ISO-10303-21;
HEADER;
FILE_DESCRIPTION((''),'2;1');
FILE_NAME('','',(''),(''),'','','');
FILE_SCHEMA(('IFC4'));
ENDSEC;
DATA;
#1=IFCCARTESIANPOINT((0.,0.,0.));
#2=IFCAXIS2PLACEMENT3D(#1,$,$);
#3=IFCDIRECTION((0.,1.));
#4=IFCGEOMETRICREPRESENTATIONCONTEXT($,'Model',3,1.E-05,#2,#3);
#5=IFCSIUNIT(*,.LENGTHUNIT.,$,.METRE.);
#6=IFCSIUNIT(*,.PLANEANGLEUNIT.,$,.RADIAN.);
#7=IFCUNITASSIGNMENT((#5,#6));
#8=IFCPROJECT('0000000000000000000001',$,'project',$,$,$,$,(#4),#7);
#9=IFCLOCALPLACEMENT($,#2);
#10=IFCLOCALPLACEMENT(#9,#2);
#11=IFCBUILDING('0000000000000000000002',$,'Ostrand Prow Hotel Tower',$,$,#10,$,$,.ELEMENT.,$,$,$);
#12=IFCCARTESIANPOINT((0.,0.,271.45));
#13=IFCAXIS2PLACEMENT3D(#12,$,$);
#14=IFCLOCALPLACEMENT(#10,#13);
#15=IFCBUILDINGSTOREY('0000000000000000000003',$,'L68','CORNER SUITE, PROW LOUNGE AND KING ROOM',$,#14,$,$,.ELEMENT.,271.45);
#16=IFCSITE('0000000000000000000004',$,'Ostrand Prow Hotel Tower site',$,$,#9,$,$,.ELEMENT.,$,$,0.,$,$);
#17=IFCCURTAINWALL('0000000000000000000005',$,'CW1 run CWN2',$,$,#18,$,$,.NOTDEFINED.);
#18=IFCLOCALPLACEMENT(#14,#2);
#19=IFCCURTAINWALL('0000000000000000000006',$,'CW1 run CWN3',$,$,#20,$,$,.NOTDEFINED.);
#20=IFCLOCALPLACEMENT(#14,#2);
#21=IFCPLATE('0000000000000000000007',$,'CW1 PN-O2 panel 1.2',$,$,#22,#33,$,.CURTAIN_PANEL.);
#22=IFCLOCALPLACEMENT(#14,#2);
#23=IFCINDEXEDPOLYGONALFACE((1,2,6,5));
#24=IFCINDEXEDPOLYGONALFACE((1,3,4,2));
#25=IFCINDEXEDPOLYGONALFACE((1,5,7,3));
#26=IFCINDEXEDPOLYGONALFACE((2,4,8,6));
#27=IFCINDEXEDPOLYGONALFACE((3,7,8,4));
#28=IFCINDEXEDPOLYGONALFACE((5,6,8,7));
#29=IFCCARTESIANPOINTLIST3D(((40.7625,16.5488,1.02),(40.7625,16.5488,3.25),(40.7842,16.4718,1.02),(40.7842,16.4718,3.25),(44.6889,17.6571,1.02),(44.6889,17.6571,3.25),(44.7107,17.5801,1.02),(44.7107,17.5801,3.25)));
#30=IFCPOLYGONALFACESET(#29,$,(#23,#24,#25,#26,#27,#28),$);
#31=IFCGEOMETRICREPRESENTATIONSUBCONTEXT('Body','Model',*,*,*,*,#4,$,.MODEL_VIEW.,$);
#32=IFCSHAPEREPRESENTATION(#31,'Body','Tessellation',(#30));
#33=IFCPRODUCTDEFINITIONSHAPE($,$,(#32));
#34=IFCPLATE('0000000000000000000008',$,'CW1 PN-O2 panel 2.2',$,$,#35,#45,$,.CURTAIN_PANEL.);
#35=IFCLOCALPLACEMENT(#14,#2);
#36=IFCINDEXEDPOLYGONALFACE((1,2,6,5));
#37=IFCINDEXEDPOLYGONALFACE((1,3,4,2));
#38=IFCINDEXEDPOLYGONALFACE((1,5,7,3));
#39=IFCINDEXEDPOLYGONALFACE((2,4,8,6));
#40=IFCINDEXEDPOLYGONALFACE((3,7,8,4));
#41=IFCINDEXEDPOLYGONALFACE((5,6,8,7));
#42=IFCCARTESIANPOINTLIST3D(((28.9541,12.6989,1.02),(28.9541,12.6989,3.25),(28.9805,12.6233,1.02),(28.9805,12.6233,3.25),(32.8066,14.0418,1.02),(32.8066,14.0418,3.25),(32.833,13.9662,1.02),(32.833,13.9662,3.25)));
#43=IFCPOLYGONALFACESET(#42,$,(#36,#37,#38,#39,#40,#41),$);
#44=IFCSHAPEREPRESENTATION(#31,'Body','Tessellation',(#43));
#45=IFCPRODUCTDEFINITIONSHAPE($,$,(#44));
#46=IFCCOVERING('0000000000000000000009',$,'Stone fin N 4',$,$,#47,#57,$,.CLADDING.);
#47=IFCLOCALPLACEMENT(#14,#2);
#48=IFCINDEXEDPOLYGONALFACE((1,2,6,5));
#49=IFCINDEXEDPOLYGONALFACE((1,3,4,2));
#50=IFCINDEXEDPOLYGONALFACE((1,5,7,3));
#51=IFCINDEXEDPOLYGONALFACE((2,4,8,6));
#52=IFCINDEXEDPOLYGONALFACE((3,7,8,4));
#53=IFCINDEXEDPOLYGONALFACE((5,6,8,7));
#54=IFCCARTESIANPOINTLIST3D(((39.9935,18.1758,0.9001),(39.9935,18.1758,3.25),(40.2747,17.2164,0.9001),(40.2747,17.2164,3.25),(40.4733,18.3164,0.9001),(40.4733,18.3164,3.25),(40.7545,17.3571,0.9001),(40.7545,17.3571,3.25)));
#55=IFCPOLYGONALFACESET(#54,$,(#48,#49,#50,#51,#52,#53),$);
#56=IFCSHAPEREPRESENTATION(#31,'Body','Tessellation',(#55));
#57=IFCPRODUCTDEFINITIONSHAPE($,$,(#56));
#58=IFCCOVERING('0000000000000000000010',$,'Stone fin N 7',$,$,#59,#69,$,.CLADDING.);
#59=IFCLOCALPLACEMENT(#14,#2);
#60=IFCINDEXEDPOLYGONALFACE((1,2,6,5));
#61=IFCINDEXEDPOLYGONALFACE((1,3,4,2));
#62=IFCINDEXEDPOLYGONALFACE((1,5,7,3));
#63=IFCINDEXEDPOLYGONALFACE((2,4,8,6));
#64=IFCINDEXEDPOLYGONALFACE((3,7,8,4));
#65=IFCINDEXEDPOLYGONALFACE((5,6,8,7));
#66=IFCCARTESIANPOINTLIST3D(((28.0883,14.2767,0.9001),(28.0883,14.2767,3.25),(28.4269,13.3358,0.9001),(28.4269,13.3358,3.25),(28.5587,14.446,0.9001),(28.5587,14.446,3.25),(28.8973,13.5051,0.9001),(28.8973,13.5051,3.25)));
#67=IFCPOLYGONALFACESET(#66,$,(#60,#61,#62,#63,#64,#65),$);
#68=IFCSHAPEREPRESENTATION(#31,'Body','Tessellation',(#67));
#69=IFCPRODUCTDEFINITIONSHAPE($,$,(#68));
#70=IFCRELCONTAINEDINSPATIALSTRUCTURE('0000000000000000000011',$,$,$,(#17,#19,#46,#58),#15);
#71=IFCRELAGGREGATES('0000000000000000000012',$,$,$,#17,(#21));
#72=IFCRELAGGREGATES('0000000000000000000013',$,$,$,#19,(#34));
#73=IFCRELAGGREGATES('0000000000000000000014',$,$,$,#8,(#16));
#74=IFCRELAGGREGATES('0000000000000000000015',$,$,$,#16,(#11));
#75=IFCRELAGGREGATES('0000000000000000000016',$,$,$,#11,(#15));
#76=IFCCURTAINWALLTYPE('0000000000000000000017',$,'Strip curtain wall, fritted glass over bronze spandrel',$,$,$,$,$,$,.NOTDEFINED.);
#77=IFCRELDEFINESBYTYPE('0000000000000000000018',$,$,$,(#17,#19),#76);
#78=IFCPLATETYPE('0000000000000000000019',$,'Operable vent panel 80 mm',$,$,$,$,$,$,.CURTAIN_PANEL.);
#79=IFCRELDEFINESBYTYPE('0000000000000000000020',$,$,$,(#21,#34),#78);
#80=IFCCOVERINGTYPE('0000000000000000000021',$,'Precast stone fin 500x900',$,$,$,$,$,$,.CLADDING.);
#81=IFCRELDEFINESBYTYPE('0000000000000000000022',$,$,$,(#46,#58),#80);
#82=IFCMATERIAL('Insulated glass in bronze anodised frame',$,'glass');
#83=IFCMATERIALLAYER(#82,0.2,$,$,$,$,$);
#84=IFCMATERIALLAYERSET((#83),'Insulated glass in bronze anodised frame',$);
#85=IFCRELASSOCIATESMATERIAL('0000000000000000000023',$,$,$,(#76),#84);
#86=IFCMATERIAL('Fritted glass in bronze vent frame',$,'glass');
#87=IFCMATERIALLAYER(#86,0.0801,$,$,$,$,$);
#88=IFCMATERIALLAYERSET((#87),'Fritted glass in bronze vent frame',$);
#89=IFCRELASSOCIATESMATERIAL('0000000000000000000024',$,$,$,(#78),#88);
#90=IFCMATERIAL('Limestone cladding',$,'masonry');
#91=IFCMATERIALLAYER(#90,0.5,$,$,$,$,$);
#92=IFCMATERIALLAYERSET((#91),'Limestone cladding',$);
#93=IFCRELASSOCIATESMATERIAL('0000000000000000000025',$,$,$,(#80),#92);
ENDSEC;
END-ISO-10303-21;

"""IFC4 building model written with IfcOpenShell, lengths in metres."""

from ifc_helpers import new_model, si_unit, direction, frame, frame_2d, origin, origin_2d, place, context, subcontext, project, spatial, rectangle, extrude, material, layer, layer_set, type_object, element, aggregate, save


model = new_model("IFC4")

# Units and contexts
model_context = context("Model", 3, precision=1e-05, world=origin(), true_north=direction((0.0, 1.0)))
body_context = subcontext(model_context, "Body", "Model", "MODEL_VIEW")
ifc_project = project(units=[si_unit("LENGTHUNIT", "METRE"), si_unit("PLANEANGLEUNIT", "RADIAN")], contexts=[model_context])

# Site, building, storey
site_placement = place(None, origin())
site = spatial("IfcSite", under=ifc_project, at=site_placement, Name="Ostrand Prow Hotel Tower site", CompositionType="ELEMENT", RefElevation=0.0)
building_placement = place(site_placement, origin())
building = spatial("IfcBuilding", under=site, at=building_placement, Name="Ostrand Prow Hotel Tower", CompositionType="ELEMENT")
storey_placement = place(building_placement, frame((0.0, 0.0, 271.45)))
storey = spatial("IfcBuildingStorey", under=building, at=storey_placement, Name="L68", Description="CORNER SUITE, PROW LOUNGE AND KING ROOM", CompositionType="ELEMENT", Elevation=271.45)

# Curtain walls
ifc_material_1 = material(Name="Insulated glass in bronze anodised frame", Category="glass")
ifc_layer_1 = layer(ifc_material_1, 0.2)
ifc_layer_set_1 = layer_set([ifc_layer_1], Name="Insulated glass in bronze anodised frame")
curtain_wall_type = type_object("IfcCurtainWallType", Name="Strip curtain wall, fritted glass over bronze spandrel", PredefinedType="NOTDEFINED", material=ifc_layer_set_1)
curtain_wall_1_placement = place(storey_placement, origin())
curtain_wall_1 = element("IfcCurtainWall", 1, at=curtain_wall_1_placement, inside=storey, type_object=curtain_wall_type, Name="CW1 run CWN2", PredefinedType="NOTDEFINED")
curtain_wall_2_placement = place(storey_placement, origin())
curtain_wall_2 = element("IfcCurtainWall", 2, at=curtain_wall_2_placement, inside=storey, type_object=curtain_wall_type, Name="CW1 run CWN3", PredefinedType="NOTDEFINED")

# Plates
ifc_material_2 = material(Name="Fritted glass in bronze vent frame", Category="glass")
ifc_layer_2 = layer(ifc_material_2, 0.0801)
ifc_layer_set_2 = layer_set([ifc_layer_2], Name="Fritted glass in bronze vent frame")
plate_type_1 = type_object("IfcPlateType", Name="Operable vent panel 80 mm", PredefinedType="CURTAIN_PANEL", material=ifc_layer_set_2)
plate_1_placement = place(storey_placement, frame((42.7366, 17.0645, 1.02), z_axis=(0.0, 0.0, 1.0), x_axis=(-0.962396, -0.271649, 0.0)))
plate_1 = element("IfcPlate", 3, at=plate_1_placement, type_object=plate_type_1, Name="CW1 PN-O2 panel 1.2", PredefinedType="CURTAIN_PANEL", context=body_context, shape_type="SweptSolid", body=[
    extrude(rectangle(XDim=4.0798, YDim=0.0801, at=origin_2d()), origin(), (0.0, 0.0, 1.0), 2.23),
])
aggregate(curtain_wall_1, [plate_1])
plate_2_placement = place(storey_placement, frame((30.8936, 13.3325, 1.02), z_axis=(0.0, 0.0, 1.0), x_axis=(-0.944275, -0.329158, 0.0)))
plate_2 = element("IfcPlate", 4, at=plate_2_placement, type_object=plate_type_1, Name="CW1 PN-O2 panel 2.2", PredefinedType="CURTAIN_PANEL", context=body_context, shape_type="SweptSolid", body=[
    extrude(rectangle(XDim=4.0798, YDim=0.0801, at=origin_2d()), origin(), (0.0, 0.0, 1.0), 2.23),
])
aggregate(curtain_wall_2, [plate_2])

# Coverings
ifc_material_3 = material(Name="Limestone cladding", Category="masonry")
ifc_layer_3 = layer(ifc_material_3, 0.5)
ifc_layer_set_3 = layer_set([ifc_layer_3], Name="Limestone cladding")
covering_type = type_object("IfcCoveringType", Name="Precast stone fin 500x900", PredefinedType="CLADDING", material=ifc_layer_set_3)
covering_1_placement = place(storey_placement, frame((40.5146, 17.2866, 0.9001), z_axis=(0.0, 0.0, 1.0), x_axis=(-0.281294, 0.959622, 0.0)))
element("IfcCovering", 5, at=covering_1_placement, inside=storey, type_object=covering_type, Name="Stone fin N 4", PredefinedType="CLADDING", context=body_context, shape_type="SweptSolid", body=[
    extrude(rectangle(XDim=0.9998, YDim=0.5, at=frame_2d((0.5, 0.0))), origin(), (0.0, 0.0, 1.0), 2.3499),
])
covering_2_placement = place(storey_placement, frame((28.6621, 13.4204, 0.9001), z_axis=(0.0, 0.0, 1.0), x_axis=(-0.338624, 0.940922, 0.0)))
element("IfcCovering", 6, at=covering_2_placement, inside=storey, type_object=covering_type, Name="Stone fin N 7", PredefinedType="CLADDING", context=body_context, shape_type="SweptSolid", body=[
    extrude(rectangle(XDim=1.0, YDim=0.5, at=frame_2d((0.5, 0.0))), origin(), (0.0, 0.0, 1.0), 2.3499),
])

save(model, "model.ifc")
